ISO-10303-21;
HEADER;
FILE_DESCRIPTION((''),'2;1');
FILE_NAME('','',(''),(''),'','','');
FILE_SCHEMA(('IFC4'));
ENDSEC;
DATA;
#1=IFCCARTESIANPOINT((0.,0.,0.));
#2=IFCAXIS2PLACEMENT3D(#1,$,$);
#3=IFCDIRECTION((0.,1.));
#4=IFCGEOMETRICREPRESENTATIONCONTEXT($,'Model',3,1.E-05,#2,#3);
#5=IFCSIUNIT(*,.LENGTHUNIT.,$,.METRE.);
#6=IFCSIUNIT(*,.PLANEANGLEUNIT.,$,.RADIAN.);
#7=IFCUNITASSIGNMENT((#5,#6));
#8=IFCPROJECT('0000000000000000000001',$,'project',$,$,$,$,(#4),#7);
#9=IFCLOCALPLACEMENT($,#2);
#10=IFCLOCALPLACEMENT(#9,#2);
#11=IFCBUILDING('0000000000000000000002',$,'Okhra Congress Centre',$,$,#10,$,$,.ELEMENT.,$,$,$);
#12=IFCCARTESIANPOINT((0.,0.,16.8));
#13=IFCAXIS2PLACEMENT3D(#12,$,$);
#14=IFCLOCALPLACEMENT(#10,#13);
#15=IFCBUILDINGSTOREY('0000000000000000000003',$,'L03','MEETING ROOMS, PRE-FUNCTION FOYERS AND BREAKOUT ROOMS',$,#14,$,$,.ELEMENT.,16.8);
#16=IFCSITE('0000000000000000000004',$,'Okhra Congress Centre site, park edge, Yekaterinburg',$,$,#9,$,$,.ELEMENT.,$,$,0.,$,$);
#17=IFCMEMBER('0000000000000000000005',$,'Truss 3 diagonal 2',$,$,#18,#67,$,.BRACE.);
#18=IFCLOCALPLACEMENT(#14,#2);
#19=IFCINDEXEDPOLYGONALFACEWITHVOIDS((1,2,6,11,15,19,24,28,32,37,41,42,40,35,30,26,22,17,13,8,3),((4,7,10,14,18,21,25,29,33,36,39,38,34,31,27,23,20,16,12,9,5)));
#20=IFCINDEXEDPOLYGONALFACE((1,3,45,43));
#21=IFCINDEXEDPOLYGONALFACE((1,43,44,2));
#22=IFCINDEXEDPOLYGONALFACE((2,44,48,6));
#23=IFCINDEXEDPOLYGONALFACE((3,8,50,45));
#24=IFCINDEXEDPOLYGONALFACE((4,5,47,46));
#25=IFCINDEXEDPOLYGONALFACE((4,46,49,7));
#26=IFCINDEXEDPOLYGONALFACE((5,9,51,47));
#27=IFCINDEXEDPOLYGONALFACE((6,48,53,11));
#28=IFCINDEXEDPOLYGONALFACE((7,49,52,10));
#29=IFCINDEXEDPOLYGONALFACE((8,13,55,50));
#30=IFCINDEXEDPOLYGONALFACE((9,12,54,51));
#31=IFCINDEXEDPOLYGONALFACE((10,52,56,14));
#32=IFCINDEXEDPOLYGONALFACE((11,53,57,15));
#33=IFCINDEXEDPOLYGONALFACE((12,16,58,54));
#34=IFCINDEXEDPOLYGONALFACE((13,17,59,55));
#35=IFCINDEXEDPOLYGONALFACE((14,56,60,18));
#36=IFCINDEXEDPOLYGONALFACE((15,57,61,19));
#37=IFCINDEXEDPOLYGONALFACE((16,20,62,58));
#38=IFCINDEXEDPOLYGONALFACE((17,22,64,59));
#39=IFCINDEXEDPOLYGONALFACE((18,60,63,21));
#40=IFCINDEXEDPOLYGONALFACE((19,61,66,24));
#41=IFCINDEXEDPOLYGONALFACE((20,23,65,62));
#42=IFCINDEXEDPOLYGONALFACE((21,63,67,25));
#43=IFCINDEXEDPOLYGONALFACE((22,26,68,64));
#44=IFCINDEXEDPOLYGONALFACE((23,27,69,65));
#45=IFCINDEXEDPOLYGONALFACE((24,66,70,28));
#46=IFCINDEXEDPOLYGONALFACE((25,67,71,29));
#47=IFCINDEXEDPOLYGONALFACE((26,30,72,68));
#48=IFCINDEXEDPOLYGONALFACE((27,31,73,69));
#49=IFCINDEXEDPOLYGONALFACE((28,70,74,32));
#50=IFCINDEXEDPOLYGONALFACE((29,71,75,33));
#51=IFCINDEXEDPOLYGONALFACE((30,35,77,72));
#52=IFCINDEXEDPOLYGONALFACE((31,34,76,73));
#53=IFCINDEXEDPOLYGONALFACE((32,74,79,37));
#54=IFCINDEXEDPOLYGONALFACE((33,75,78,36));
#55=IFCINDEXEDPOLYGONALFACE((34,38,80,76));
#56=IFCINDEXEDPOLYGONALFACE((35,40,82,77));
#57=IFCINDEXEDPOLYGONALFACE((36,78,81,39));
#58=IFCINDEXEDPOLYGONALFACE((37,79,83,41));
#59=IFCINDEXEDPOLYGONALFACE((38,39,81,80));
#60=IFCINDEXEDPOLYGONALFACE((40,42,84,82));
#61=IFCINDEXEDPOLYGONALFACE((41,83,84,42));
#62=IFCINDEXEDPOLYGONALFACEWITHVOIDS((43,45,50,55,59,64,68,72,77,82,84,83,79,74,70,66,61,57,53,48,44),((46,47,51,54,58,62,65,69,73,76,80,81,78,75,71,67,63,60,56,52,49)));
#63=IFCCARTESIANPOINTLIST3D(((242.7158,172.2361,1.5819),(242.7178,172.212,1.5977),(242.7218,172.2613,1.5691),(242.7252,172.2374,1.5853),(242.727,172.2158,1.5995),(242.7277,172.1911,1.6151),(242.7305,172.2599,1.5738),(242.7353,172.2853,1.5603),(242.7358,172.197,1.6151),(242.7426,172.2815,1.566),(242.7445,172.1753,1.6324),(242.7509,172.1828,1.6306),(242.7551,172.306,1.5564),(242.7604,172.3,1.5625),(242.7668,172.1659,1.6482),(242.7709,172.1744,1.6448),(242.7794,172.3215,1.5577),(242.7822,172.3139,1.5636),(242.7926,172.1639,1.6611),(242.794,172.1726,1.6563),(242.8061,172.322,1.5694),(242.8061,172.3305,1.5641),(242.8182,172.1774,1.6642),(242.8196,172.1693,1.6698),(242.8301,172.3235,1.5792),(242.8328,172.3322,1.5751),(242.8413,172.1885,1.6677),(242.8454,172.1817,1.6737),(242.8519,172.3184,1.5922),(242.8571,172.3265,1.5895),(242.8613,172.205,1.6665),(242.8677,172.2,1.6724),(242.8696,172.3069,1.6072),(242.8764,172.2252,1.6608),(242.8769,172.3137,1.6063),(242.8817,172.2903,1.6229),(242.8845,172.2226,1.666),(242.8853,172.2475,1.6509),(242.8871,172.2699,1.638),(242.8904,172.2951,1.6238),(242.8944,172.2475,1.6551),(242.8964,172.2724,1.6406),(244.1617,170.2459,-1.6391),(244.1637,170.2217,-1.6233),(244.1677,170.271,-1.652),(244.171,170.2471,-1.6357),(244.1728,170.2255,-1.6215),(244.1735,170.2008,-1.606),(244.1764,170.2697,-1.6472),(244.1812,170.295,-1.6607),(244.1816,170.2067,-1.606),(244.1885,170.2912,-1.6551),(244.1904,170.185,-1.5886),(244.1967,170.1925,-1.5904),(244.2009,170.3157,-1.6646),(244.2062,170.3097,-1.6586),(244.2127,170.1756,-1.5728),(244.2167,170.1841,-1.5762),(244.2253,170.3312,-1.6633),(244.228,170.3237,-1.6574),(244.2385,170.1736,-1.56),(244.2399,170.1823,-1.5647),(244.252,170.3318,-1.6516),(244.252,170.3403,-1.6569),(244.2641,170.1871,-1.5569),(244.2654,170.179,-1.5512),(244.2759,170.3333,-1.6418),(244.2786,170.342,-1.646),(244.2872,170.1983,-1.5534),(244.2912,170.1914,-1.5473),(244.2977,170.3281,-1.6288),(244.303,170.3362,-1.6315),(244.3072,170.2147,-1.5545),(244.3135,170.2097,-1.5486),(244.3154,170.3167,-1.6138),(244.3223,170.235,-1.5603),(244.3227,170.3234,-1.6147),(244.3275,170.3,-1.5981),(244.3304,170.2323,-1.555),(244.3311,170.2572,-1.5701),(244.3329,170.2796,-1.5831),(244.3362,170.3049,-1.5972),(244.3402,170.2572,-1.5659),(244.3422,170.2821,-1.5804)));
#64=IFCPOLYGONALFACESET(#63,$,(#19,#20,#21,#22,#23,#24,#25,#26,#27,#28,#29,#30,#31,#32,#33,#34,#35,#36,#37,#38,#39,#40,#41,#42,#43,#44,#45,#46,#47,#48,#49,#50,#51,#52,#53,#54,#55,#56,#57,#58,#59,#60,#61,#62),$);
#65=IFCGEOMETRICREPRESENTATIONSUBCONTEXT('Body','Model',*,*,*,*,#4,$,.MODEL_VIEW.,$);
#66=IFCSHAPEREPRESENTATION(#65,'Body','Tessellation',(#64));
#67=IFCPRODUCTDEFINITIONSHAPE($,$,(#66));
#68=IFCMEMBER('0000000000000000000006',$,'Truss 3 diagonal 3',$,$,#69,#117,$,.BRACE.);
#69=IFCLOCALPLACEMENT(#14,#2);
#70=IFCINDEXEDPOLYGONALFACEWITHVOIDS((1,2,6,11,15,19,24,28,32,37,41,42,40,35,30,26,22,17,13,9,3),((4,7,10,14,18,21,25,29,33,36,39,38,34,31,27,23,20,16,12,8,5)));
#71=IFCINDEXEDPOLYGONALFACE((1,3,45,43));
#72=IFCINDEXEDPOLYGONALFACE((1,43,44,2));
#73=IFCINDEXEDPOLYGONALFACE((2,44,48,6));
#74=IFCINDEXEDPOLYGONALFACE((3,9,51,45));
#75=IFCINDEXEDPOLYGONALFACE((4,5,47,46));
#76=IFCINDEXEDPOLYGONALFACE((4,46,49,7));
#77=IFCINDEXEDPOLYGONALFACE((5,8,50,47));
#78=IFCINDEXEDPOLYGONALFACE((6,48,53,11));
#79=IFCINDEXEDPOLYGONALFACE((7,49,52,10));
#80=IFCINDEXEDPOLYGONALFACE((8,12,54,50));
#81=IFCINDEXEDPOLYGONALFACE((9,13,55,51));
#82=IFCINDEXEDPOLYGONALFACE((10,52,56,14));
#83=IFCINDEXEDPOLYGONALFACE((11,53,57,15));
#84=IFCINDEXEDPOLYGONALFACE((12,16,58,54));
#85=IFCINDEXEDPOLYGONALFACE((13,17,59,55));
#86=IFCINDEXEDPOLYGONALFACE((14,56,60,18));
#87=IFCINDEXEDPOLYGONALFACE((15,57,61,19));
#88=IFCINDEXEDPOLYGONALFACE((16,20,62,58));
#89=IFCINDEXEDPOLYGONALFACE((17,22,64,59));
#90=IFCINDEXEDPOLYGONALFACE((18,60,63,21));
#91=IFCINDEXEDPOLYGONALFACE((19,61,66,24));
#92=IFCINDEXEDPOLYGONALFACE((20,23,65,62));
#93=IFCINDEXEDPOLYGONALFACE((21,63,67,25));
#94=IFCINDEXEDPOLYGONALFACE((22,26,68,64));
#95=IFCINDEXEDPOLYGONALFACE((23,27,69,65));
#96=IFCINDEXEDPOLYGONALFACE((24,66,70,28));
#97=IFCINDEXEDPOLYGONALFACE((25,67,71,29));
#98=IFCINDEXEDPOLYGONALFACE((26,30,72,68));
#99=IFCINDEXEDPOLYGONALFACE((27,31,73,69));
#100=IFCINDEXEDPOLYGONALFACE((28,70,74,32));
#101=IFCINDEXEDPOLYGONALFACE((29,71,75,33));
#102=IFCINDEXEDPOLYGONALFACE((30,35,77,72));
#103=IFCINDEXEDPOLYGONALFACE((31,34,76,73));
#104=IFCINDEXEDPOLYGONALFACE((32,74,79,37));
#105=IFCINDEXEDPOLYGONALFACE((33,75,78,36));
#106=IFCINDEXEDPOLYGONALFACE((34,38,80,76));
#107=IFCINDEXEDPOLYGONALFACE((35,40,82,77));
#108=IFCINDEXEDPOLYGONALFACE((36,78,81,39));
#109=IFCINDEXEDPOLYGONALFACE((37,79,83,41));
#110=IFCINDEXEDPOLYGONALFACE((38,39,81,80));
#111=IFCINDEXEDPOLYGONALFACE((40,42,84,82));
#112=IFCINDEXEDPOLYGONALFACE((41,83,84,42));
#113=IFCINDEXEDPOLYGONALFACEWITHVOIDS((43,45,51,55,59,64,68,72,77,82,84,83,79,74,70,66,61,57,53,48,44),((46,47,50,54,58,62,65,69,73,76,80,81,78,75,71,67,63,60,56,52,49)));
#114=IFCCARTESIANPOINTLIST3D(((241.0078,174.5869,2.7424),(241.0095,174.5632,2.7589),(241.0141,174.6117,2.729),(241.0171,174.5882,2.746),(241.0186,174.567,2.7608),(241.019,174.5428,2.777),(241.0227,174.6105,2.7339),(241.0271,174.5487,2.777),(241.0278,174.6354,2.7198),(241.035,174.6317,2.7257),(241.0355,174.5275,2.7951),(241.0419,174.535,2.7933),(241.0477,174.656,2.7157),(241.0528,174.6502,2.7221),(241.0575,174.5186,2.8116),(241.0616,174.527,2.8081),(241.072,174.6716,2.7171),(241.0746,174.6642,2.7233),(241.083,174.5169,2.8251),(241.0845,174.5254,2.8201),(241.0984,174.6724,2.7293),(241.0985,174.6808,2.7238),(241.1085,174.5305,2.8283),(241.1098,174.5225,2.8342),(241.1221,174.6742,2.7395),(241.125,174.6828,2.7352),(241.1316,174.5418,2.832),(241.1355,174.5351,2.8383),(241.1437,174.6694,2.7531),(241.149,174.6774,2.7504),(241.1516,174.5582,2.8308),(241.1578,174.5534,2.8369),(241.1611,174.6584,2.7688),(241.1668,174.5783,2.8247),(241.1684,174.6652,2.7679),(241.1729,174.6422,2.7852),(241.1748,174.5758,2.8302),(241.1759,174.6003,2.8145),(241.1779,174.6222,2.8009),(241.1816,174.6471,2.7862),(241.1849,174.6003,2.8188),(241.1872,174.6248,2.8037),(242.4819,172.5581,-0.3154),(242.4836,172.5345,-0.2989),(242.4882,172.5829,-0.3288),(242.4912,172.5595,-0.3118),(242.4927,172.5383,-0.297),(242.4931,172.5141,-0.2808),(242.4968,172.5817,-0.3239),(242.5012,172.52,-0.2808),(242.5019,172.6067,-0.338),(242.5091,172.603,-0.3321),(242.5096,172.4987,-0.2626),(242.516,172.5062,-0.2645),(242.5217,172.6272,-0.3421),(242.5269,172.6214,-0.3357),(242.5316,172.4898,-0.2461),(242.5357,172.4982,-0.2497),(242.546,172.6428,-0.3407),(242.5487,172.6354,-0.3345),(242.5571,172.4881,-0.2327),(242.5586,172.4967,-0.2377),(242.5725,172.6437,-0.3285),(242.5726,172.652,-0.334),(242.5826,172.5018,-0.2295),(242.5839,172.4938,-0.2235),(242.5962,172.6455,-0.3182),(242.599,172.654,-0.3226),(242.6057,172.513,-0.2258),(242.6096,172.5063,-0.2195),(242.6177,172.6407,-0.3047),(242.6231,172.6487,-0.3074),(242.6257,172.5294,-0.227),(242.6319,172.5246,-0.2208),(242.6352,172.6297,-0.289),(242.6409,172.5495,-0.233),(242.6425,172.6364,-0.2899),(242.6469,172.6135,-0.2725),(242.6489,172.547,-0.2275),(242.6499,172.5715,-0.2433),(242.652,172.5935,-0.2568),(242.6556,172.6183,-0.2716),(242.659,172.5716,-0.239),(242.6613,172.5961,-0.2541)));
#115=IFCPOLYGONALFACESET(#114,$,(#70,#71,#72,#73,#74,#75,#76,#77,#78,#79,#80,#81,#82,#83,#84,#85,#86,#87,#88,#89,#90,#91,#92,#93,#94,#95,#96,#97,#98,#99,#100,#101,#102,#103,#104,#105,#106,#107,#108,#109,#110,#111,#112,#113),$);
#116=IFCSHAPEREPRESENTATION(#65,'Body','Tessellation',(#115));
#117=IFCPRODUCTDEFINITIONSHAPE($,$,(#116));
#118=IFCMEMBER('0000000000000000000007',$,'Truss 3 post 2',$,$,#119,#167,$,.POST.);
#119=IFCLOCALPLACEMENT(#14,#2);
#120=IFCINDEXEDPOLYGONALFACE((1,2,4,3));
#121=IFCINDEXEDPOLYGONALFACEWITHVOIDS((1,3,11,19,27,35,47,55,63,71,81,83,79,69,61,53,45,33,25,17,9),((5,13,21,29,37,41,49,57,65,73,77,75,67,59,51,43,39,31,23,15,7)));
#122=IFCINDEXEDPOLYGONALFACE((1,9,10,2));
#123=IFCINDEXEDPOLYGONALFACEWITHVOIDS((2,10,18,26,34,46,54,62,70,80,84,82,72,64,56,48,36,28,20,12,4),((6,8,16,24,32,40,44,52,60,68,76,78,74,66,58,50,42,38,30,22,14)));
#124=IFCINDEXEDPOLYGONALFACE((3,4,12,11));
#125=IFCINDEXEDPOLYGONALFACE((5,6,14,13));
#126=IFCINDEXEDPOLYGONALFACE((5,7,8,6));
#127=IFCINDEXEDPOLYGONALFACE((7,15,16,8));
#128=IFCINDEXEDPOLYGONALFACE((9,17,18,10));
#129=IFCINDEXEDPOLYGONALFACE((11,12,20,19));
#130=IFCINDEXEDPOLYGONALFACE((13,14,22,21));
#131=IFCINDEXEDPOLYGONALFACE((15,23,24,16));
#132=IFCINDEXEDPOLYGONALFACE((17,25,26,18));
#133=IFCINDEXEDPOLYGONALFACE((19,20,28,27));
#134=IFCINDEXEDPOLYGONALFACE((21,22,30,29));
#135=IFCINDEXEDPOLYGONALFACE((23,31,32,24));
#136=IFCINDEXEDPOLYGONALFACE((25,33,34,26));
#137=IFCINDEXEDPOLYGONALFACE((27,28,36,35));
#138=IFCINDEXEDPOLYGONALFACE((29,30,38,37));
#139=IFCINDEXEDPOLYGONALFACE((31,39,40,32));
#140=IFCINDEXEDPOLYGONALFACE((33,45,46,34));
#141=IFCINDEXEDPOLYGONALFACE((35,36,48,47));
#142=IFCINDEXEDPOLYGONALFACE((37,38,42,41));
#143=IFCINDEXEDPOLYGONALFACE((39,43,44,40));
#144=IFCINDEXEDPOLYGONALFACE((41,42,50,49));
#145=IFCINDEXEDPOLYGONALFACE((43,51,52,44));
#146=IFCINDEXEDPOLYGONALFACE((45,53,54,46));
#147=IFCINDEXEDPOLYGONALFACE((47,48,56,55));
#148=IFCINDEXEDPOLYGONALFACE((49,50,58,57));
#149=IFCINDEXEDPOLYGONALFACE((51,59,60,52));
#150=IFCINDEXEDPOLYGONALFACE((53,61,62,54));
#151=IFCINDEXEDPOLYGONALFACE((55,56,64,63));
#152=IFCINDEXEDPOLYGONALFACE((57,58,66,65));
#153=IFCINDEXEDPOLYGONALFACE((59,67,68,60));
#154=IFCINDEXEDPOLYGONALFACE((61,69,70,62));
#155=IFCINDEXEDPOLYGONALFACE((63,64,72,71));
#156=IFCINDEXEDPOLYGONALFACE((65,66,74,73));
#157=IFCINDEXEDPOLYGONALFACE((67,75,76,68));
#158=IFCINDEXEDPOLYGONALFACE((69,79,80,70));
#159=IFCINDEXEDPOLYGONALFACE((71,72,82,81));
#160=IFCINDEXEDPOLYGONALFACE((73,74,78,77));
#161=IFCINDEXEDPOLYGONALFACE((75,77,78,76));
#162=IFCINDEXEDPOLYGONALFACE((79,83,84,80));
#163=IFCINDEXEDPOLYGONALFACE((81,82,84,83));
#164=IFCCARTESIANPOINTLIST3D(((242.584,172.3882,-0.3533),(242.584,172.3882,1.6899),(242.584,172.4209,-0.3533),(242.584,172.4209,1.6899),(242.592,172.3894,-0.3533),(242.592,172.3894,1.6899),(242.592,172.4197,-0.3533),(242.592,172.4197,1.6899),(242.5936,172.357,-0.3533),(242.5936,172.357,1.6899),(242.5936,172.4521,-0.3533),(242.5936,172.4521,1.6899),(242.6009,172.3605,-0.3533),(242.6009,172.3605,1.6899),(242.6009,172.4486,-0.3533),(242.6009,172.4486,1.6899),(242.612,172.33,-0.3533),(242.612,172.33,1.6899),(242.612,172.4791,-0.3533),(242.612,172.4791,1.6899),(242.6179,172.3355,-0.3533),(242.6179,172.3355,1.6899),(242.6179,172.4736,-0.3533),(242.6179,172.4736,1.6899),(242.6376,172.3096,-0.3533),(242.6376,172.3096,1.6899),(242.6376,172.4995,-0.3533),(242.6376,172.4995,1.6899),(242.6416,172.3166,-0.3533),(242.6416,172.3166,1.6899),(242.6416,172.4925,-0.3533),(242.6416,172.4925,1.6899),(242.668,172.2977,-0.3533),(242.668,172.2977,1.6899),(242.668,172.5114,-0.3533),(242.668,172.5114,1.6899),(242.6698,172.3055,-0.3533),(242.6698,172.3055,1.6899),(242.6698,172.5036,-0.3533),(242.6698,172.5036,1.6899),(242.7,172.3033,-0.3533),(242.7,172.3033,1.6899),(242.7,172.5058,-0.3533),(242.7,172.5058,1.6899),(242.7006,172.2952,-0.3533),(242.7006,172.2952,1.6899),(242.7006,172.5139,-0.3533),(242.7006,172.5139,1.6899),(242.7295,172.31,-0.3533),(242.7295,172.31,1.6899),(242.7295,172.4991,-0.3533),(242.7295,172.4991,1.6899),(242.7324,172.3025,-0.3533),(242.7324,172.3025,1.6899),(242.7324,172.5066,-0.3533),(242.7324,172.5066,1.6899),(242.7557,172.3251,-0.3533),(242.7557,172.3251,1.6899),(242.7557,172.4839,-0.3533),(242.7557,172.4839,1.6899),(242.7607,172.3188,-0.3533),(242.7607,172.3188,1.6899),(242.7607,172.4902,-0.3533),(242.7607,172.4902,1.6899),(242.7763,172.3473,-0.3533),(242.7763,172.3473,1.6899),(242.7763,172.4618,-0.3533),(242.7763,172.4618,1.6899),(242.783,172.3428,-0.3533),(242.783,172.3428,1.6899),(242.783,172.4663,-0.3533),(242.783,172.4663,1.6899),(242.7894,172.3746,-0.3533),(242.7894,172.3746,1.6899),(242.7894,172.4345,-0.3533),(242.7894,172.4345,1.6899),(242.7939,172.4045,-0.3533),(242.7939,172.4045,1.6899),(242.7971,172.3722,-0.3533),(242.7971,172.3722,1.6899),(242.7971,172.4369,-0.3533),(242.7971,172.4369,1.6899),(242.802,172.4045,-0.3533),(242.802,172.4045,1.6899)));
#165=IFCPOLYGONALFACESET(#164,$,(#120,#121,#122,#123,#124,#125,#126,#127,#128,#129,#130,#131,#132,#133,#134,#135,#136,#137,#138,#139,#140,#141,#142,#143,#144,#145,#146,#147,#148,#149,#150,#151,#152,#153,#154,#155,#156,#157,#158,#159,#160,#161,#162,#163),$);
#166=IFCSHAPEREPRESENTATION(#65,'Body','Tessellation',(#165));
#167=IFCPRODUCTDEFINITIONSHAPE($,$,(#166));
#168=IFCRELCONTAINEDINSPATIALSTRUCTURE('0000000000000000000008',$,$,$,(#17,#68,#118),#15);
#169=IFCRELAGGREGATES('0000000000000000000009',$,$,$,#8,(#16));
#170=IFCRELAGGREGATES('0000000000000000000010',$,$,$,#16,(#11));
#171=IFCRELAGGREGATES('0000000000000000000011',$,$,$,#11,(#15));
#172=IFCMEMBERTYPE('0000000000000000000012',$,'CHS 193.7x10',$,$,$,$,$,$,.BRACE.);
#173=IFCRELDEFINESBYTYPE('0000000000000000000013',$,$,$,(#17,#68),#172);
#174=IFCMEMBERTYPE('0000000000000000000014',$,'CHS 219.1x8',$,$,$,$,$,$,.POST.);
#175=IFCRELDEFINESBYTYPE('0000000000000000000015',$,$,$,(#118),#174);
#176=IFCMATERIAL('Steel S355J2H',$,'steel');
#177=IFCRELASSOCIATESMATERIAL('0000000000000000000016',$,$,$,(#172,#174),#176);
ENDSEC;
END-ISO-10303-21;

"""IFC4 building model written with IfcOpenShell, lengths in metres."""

from ifc_helpers import new_model, si_unit, direction, frame, origin, origin_2d, place, context, subcontext, project, spatial, hollow_circle, extrude, material, material_profile, profile_set, type_object, element, save


model = new_model("IFC4")

# Units and contexts
model_context = context("Model", 3, precision=1e-05, world=origin(), true_north=direction((0.0, 1.0)))
body_context = subcontext(model_context, "Body", "Model", "MODEL_VIEW")
ifc_project = project(units=[si_unit("LENGTHUNIT", "METRE"), si_unit("PLANEANGLEUNIT", "RADIAN")], contexts=[model_context])

# Site, building, storey
site_placement = place(None, origin())
site = spatial("IfcSite", under=ifc_project, at=site_placement, Name="Okhra Congress Centre site, park edge, Yekaterinburg", CompositionType="ELEMENT", RefElevation=0.0)
building_placement = place(site_placement, origin())
building = spatial("IfcBuilding", under=site, at=building_placement, Name="Okhra Congress Centre", CompositionType="ELEMENT")
storey_placement = place(building_placement, frame((0.0, 0.0, 16.8)))
storey = spatial("IfcBuildingStorey", under=building, at=storey_placement, Name="L03", Description="MEETING ROOMS, PRE-FUNCTION FOYERS AND BREAKOUT ROOMS", CompositionType="ELEMENT", Elevation=16.8)

# Members
ifc_material_1 = material(Name="Steel S355J2H", Category="steel")
ifc_material_profile_1 = material_profile(ifc_material_1, hollow_circle(Radius=0.0969, WallThickness=0.01, at=origin_2d()), Name="CHS 193.7x10")
ifc_profile_set_1 = profile_set([ifc_material_profile_1], Name="Steel S355J2H")
member_type_1 = type_object("IfcMemberType", Name="CHS 193.7x10", PredefinedType="BRACE", material=ifc_profile_set_1)
member_1_placement = place(storey_placement, frame((244.252, 170.2578, -1.606), z_axis=(-0.356734, 0.491066, 0.79473), x_axis=(-0.809054, -0.587735, 0.0)))
element("IfcMember", 1, at=member_1_placement, inside=storey, type_object=member_type_1, Name="Truss 3 diagonal 2", PredefinedType="BRACE", context=body_context, shape_type="SweptSolid", body=[
    extrude(hollow_circle(Radius=0.0969, WallThickness=0.01, at=origin_2d()), origin(), (0.0, 0.0, 1.0), 4.053),
])
member_2_placement = place(storey_placement, frame((242.5715, 172.571, -0.2808), z_axis=(-0.372752, 0.513013, 0.773223), x_axis=(-0.808997, -0.587813, 0.0)))
element("IfcMember", 2, at=member_2_placement, inside=storey, type_object=member_type_1, Name="Truss 3 diagonal 3", PredefinedType="BRACE", context=body_context, shape_type="SweptSolid", body=[
    extrude(hollow_circle(Radius=0.0969, WallThickness=0.01, at=origin_2d()), origin(), (0.0, 0.0, 1.0), 3.9546),
])
ifc_material_profile_2 = material_profile(ifc_material_1, hollow_circle(Radius=0.1096, WallThickness=0.0081, at=origin_2d()), Name="CHS 219.1x8")
ifc_profile_set_2 = profile_set([ifc_material_profile_2], Name="Steel S355J2H")
member_type_2 = type_object("IfcMemberType", Name="CHS 219.1x8", PredefinedType="POST", material=ifc_profile_set_2)
member_3_placement = place(storey_placement, frame((242.6924, 172.4045, -0.3533), z_axis=(0.0, 0.0, 1.0), x_axis=(1.0, 0.0, 0.0)))
element("IfcMember", 3, at=member_3_placement, inside=storey, type_object=member_type_2, Name="Truss 3 post 2", PredefinedType="POST", context=body_context, shape_type="SweptSolid", body=[
    extrude(hollow_circle(Radius=0.1096, WallThickness=0.0081, at=origin_2d()), origin(), (0.0, 0.0, 1.0), 2.0432),
])

save(model, "model.ifc")
